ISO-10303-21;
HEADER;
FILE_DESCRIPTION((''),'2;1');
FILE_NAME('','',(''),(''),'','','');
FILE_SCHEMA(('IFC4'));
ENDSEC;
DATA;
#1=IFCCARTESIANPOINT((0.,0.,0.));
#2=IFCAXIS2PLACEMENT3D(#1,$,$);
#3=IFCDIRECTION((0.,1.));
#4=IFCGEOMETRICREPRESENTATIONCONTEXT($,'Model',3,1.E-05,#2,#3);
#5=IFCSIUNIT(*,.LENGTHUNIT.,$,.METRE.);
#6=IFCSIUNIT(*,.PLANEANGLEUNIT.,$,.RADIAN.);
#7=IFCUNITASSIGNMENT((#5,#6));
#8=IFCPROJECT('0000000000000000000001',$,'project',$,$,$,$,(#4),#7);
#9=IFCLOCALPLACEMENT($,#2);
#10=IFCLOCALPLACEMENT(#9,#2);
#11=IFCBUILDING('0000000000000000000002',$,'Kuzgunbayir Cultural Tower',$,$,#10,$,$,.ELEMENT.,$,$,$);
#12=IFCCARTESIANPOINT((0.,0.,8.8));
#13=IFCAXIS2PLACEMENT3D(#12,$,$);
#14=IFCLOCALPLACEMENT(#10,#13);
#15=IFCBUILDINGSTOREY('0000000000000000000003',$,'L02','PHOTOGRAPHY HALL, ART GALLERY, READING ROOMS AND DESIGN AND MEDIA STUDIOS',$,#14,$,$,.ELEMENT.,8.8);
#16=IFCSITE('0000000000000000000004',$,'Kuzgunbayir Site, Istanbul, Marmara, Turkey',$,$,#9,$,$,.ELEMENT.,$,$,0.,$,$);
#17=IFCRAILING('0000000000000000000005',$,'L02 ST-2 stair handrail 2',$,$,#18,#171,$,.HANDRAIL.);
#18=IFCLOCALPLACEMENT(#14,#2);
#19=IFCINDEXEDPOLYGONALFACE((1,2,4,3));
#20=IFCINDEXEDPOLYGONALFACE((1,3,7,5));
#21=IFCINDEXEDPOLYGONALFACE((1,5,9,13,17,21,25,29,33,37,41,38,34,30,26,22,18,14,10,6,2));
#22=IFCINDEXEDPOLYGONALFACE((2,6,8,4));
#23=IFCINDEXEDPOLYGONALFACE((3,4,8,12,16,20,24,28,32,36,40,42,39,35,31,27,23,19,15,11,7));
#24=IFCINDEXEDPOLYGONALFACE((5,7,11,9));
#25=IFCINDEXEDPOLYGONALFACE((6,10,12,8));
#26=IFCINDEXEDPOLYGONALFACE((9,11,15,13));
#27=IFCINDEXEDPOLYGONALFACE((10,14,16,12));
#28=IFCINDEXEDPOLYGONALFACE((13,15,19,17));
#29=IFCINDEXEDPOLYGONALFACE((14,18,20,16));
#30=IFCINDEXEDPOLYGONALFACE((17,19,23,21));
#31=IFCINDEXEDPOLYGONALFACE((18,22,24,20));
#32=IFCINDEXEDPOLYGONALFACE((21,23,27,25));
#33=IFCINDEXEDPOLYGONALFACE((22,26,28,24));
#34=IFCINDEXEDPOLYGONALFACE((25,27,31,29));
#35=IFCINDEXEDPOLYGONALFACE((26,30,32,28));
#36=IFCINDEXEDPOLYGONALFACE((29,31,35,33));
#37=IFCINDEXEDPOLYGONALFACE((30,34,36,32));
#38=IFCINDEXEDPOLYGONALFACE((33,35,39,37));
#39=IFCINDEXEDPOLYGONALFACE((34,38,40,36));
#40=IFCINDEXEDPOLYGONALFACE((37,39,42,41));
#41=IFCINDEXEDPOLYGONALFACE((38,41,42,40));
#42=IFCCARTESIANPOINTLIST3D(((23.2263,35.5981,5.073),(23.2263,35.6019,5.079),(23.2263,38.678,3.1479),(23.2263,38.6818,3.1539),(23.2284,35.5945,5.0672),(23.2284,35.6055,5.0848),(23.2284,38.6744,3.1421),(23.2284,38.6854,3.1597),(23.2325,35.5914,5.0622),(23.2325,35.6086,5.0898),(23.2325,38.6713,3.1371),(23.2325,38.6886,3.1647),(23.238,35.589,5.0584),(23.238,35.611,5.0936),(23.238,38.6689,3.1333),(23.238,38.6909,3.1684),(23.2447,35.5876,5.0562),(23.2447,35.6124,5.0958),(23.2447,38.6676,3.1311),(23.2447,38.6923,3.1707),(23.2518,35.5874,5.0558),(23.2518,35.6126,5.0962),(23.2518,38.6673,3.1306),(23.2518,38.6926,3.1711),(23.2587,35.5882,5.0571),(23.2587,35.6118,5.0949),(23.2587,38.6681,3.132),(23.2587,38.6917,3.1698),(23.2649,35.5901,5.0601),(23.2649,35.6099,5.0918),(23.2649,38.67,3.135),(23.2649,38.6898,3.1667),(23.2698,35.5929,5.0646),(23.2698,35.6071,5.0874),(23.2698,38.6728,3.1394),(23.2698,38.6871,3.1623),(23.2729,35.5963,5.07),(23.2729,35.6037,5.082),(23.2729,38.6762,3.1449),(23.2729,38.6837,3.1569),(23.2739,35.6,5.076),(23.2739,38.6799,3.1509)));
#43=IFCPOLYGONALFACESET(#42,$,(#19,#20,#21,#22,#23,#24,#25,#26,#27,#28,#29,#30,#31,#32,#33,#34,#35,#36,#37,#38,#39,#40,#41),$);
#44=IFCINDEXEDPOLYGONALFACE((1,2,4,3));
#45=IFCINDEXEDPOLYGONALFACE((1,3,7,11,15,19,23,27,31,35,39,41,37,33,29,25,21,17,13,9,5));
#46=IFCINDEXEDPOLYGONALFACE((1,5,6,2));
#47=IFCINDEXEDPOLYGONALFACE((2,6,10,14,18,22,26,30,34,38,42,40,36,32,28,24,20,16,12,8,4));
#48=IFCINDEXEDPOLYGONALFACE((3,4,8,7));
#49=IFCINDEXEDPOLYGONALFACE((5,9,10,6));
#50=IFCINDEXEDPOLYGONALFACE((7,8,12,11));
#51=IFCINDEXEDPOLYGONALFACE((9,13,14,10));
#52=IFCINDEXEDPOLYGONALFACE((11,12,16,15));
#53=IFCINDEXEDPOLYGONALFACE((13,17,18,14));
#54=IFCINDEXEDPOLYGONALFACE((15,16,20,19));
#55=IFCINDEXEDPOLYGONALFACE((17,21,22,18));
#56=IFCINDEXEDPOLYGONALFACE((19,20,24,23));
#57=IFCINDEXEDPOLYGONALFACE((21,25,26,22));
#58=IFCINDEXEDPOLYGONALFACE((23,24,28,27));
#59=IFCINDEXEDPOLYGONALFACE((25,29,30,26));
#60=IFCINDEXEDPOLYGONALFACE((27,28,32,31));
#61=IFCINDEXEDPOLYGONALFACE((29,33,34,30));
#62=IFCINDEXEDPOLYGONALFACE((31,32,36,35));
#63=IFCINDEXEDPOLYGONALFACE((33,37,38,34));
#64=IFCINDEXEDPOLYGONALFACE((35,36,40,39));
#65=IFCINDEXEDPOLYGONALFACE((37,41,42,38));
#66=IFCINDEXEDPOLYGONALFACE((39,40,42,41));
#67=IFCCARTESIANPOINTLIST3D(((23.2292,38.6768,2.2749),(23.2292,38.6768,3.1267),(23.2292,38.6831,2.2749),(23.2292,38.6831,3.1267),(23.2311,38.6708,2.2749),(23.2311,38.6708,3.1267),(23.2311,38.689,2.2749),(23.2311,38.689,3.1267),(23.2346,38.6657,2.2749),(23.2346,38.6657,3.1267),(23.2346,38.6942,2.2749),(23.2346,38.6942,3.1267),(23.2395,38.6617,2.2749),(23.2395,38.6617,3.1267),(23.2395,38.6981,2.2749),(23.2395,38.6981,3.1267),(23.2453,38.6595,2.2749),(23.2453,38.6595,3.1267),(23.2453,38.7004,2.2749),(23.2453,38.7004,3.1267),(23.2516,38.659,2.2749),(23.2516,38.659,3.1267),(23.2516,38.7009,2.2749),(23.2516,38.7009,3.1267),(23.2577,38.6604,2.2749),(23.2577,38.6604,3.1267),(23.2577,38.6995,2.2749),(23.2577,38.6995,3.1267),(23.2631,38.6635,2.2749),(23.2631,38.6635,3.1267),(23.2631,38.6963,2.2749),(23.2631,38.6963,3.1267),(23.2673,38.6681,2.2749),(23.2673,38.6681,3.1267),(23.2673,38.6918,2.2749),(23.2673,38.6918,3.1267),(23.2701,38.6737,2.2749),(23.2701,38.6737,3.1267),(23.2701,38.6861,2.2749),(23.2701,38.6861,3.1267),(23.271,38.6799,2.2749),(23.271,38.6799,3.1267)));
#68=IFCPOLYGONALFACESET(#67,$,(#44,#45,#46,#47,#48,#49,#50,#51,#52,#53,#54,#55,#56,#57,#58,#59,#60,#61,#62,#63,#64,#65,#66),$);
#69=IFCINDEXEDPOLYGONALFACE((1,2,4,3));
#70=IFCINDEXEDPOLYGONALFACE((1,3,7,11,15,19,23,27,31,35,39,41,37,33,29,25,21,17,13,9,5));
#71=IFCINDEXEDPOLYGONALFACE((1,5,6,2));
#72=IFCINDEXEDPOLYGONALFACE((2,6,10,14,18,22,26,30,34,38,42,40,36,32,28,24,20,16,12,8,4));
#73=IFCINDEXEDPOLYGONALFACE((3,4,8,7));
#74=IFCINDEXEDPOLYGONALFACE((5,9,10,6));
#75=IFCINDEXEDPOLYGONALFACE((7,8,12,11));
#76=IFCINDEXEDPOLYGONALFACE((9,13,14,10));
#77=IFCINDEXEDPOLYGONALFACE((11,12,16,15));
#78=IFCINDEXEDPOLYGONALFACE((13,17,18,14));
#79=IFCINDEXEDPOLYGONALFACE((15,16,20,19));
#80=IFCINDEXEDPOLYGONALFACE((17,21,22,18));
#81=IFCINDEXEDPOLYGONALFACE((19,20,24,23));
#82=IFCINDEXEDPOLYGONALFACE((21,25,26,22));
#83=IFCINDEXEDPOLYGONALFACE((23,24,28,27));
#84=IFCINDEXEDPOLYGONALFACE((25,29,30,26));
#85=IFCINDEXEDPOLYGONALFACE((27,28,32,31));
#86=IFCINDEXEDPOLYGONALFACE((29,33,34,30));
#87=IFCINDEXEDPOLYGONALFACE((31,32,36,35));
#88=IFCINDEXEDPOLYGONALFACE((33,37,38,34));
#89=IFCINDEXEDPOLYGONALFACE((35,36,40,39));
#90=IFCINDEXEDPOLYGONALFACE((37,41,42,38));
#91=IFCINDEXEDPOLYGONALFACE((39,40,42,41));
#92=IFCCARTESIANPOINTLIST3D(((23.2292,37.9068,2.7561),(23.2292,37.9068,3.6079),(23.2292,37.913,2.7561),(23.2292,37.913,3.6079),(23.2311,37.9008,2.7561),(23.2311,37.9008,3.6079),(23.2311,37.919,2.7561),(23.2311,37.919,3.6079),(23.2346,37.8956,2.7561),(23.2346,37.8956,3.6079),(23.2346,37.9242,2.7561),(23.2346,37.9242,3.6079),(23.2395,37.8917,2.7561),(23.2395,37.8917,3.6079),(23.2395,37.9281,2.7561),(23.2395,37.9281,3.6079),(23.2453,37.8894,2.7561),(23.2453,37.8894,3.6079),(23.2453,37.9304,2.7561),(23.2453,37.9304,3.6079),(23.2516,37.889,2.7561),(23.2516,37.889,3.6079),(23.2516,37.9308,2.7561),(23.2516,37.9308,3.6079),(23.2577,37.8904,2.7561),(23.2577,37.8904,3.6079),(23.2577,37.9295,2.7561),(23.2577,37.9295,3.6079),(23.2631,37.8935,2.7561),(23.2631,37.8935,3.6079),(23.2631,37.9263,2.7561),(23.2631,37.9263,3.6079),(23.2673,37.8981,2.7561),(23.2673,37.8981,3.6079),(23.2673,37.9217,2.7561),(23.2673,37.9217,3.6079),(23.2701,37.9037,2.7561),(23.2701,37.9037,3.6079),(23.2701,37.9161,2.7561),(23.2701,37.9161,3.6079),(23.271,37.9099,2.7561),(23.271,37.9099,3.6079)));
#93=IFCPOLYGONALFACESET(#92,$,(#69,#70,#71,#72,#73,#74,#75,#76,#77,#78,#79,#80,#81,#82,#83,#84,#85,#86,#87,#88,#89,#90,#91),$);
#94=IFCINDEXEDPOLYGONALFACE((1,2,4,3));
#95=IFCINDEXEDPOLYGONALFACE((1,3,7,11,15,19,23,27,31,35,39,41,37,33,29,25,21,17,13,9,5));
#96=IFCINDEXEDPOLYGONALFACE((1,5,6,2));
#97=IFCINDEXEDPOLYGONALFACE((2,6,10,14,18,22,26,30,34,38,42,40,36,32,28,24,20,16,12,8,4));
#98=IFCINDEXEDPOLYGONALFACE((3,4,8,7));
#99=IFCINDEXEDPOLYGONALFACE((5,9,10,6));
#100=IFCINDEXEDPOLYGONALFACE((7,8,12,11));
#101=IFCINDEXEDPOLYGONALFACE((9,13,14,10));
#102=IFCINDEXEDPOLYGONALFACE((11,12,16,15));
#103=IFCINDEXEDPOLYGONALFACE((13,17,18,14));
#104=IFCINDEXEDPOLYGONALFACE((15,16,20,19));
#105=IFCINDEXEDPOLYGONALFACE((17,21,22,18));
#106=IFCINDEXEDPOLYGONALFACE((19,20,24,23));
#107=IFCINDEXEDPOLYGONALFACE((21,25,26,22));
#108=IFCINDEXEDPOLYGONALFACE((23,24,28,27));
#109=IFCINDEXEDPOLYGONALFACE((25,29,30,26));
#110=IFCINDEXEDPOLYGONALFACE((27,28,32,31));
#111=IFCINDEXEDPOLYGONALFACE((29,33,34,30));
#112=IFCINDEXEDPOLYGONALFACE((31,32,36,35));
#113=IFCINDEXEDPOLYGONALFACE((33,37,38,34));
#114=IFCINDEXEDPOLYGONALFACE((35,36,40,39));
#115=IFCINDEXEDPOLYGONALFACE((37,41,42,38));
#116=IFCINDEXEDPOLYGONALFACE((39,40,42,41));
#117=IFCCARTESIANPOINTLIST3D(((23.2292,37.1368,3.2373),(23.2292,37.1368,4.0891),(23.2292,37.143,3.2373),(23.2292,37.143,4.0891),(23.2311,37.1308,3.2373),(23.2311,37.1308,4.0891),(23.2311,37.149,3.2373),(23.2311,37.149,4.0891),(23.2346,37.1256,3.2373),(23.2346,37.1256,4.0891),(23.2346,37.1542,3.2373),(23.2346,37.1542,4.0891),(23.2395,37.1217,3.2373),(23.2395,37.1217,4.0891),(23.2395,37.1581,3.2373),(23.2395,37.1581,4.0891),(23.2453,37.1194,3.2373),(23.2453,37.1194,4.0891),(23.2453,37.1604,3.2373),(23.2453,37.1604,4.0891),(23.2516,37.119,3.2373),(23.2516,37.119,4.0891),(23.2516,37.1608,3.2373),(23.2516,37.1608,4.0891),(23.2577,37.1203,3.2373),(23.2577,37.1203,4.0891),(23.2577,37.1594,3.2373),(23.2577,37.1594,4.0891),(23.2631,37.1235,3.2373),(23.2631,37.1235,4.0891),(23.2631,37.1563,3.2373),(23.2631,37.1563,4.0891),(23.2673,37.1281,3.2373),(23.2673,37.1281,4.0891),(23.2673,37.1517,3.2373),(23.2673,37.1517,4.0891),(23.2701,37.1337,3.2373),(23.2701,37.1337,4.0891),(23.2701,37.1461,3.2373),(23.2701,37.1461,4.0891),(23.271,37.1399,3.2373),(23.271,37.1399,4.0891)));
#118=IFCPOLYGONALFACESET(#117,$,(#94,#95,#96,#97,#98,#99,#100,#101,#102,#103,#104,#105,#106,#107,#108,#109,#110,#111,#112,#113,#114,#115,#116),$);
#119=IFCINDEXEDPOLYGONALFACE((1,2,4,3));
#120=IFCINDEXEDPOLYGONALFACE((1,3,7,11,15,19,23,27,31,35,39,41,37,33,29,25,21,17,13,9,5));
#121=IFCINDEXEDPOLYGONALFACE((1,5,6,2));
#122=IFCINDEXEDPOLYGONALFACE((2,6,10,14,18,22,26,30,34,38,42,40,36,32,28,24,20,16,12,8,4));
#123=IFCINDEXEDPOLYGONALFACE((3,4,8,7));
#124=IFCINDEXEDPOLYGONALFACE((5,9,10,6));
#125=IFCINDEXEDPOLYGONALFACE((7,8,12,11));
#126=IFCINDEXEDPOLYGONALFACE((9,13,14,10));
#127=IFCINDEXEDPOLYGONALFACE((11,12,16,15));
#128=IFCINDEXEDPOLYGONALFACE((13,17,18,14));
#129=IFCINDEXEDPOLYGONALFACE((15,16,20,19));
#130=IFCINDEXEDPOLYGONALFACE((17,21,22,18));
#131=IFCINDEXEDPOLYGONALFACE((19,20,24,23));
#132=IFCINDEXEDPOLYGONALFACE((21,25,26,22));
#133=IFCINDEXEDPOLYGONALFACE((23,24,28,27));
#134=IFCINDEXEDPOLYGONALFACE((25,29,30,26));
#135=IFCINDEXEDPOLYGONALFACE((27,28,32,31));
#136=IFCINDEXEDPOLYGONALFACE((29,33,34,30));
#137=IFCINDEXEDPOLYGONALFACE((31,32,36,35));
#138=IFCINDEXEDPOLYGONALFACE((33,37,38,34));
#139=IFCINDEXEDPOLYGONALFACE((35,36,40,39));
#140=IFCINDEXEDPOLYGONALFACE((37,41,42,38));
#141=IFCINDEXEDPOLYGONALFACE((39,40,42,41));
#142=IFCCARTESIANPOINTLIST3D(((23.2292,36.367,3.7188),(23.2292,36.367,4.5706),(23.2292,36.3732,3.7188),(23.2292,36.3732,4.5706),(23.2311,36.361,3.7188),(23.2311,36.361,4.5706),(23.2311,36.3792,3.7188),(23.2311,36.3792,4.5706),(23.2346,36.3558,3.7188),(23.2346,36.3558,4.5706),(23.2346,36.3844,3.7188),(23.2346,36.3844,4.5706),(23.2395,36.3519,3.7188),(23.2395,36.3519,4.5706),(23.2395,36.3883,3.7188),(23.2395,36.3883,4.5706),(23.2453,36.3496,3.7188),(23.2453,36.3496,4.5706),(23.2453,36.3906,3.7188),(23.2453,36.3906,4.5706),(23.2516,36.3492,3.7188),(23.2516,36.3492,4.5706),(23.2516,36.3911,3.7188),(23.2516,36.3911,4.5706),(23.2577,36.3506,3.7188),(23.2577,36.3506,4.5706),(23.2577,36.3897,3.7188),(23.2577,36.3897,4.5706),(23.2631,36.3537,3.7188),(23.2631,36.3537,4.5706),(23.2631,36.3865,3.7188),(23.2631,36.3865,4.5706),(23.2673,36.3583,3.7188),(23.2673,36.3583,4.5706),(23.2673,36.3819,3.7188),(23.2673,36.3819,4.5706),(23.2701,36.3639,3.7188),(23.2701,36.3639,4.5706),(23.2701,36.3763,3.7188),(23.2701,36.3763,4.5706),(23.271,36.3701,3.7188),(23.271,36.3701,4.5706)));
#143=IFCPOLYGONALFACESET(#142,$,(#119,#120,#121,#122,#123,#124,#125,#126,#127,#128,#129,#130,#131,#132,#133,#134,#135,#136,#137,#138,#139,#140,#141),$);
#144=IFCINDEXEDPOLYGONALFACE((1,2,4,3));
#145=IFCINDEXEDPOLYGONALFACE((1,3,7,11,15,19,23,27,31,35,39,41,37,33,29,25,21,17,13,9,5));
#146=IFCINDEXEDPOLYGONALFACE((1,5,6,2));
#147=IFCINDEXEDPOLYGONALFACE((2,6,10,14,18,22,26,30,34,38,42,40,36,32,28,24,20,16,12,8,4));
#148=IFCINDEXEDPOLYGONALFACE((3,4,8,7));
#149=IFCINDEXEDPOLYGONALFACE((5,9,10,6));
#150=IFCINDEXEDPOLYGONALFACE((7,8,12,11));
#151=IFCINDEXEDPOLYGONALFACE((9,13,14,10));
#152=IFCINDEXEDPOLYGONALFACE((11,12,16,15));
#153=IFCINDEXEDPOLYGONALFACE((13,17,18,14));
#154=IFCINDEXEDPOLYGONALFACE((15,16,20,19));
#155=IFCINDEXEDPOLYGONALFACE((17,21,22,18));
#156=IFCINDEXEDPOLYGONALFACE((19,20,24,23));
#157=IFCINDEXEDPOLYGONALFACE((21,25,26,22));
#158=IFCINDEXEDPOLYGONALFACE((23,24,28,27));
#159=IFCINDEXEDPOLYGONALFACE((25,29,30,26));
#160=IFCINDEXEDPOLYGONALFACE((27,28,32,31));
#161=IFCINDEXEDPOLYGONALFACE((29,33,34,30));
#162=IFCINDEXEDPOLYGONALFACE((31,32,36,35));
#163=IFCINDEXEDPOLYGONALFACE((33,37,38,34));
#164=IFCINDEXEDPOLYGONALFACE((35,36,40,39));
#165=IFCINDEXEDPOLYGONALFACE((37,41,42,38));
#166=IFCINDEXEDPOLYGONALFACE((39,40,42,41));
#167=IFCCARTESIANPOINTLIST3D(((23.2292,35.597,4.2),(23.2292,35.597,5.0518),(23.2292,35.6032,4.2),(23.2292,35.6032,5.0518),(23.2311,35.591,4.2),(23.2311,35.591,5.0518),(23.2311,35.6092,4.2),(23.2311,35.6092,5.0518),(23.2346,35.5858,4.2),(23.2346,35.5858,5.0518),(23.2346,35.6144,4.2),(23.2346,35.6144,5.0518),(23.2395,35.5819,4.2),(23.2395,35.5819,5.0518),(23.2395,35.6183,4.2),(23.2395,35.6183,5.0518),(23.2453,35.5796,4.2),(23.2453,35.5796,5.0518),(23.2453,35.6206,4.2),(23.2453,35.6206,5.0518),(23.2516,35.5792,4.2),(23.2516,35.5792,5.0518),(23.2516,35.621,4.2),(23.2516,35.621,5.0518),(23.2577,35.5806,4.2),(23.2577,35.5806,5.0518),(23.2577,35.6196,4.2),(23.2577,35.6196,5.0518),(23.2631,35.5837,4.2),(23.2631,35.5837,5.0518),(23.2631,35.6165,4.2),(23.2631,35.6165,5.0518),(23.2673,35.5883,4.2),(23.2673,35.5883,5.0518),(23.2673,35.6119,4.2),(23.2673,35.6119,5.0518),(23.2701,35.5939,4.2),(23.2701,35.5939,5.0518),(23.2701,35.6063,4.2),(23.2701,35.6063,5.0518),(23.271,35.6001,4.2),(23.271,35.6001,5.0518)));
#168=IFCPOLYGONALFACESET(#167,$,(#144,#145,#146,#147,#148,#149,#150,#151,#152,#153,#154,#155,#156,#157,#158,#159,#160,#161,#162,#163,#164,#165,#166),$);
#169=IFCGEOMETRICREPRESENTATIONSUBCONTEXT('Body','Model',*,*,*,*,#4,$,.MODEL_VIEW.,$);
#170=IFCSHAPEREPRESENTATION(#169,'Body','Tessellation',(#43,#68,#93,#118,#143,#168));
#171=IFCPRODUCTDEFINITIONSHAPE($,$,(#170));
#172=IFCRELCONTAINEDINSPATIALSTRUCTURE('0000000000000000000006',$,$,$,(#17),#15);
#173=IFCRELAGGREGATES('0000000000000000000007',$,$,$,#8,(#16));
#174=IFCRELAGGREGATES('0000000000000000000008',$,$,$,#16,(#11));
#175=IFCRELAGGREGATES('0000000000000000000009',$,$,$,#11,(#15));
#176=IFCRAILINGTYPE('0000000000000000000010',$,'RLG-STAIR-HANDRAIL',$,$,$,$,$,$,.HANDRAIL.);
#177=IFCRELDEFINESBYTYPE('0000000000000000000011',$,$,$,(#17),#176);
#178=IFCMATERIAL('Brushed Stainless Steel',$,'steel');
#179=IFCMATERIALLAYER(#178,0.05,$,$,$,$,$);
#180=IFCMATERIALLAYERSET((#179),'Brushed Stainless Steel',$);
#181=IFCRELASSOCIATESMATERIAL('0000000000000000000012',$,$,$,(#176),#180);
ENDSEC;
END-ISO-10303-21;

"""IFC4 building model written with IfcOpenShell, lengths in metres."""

from ifc_helpers import new_model, si_unit, direction, frame, origin, origin_2d, place, context, subcontext, project, spatial, circle, extrude, material, layer, layer_set, type_object, element, save


model = new_model("IFC4")

# Units and contexts
model_context = context("Model", 3, precision=1e-05, world=origin(), true_north=direction((0.0, 1.0)))
body_context = subcontext(model_context, "Body", "Model", "MODEL_VIEW")
ifc_project = project(units=[si_unit("LENGTHUNIT", "METRE"), si_unit("PLANEANGLEUNIT", "RADIAN")], contexts=[model_context])

# Site, building, storey
site_placement = place(None, origin())
site = spatial("IfcSite", under=ifc_project, at=site_placement, Name="Kuzgunbayir Site, Istanbul, Marmara, Turkey", CompositionType="ELEMENT", RefElevation=0.0)
building_placement = place(site_placement, origin())
building = spatial("IfcBuilding", under=site, at=building_placement, Name="Kuzgunbayir Cultural Tower", CompositionType="ELEMENT")
storey_placement = place(building_placement, frame((0.0, 0.0, 8.8)))
storey = spatial("IfcBuildingStorey", under=building, at=storey_placement, Name="L02", Description="PHOTOGRAPHY HALL, ART GALLERY, READING ROOMS AND DESIGN AND MEDIA STUDIOS", CompositionType="ELEMENT", Elevation=8.8)

# Shared definitions
ifc_material_1 = material(Name="Brushed Stainless Steel", Category="steel")

# Railing
ifc_layer_1 = layer(ifc_material_1, 0.05)
ifc_layer_set_1 = layer_set([ifc_layer_1], Name="Brushed Stainless Steel")
railing_type = type_object("IfcRailingType", Name="RLG-STAIR-HANDRAIL", PredefinedType="HANDRAIL", material=ifc_layer_set_1)
railing_placement = place(storey_placement, frame((23.25, 38.6799, 2.2749)))
element("IfcRailing", 1, at=railing_placement, inside=storey, type_object=railing_type, Name="L02 ST-2 stair handrail 2", PredefinedType="HANDRAIL", context=body_context, shape_type="SweptSolid", body=[
    extrude(circle(Radius=0.0239, at=origin_2d()), frame((0.0, 0.0, 0.876), z_axis=(0.0, -0.847979, 0.530029), x_axis=(1.0, 0.0, 0.0)), (0.0, 0.0, 1.0), 3.6321),
    extrude(circle(Radius=0.021, at=origin_2d()), origin(), (0.0, 0.0, 1.0), 0.8518),
    extrude(circle(Radius=0.021, at=origin_2d()), frame((0.0, -0.77, 0.4812)), (0.0, 0.0, 1.0), 0.8518),
    extrude(circle(Radius=0.021, at=origin_2d()), frame((0.0, -1.54, 0.9624)), (0.0, 0.0, 1.0), 0.8518),
    extrude(circle(Radius=0.021, at=origin_2d()), frame((0.0, -2.3098, 1.4438)), (0.0, 0.0, 1.0), 0.8518),
    extrude(circle(Radius=0.021, at=origin_2d()), frame((0.0, -3.0798, 1.925)), (0.0, 0.0, 1.0), 0.8518),
])

save(model, "model.ifc")
